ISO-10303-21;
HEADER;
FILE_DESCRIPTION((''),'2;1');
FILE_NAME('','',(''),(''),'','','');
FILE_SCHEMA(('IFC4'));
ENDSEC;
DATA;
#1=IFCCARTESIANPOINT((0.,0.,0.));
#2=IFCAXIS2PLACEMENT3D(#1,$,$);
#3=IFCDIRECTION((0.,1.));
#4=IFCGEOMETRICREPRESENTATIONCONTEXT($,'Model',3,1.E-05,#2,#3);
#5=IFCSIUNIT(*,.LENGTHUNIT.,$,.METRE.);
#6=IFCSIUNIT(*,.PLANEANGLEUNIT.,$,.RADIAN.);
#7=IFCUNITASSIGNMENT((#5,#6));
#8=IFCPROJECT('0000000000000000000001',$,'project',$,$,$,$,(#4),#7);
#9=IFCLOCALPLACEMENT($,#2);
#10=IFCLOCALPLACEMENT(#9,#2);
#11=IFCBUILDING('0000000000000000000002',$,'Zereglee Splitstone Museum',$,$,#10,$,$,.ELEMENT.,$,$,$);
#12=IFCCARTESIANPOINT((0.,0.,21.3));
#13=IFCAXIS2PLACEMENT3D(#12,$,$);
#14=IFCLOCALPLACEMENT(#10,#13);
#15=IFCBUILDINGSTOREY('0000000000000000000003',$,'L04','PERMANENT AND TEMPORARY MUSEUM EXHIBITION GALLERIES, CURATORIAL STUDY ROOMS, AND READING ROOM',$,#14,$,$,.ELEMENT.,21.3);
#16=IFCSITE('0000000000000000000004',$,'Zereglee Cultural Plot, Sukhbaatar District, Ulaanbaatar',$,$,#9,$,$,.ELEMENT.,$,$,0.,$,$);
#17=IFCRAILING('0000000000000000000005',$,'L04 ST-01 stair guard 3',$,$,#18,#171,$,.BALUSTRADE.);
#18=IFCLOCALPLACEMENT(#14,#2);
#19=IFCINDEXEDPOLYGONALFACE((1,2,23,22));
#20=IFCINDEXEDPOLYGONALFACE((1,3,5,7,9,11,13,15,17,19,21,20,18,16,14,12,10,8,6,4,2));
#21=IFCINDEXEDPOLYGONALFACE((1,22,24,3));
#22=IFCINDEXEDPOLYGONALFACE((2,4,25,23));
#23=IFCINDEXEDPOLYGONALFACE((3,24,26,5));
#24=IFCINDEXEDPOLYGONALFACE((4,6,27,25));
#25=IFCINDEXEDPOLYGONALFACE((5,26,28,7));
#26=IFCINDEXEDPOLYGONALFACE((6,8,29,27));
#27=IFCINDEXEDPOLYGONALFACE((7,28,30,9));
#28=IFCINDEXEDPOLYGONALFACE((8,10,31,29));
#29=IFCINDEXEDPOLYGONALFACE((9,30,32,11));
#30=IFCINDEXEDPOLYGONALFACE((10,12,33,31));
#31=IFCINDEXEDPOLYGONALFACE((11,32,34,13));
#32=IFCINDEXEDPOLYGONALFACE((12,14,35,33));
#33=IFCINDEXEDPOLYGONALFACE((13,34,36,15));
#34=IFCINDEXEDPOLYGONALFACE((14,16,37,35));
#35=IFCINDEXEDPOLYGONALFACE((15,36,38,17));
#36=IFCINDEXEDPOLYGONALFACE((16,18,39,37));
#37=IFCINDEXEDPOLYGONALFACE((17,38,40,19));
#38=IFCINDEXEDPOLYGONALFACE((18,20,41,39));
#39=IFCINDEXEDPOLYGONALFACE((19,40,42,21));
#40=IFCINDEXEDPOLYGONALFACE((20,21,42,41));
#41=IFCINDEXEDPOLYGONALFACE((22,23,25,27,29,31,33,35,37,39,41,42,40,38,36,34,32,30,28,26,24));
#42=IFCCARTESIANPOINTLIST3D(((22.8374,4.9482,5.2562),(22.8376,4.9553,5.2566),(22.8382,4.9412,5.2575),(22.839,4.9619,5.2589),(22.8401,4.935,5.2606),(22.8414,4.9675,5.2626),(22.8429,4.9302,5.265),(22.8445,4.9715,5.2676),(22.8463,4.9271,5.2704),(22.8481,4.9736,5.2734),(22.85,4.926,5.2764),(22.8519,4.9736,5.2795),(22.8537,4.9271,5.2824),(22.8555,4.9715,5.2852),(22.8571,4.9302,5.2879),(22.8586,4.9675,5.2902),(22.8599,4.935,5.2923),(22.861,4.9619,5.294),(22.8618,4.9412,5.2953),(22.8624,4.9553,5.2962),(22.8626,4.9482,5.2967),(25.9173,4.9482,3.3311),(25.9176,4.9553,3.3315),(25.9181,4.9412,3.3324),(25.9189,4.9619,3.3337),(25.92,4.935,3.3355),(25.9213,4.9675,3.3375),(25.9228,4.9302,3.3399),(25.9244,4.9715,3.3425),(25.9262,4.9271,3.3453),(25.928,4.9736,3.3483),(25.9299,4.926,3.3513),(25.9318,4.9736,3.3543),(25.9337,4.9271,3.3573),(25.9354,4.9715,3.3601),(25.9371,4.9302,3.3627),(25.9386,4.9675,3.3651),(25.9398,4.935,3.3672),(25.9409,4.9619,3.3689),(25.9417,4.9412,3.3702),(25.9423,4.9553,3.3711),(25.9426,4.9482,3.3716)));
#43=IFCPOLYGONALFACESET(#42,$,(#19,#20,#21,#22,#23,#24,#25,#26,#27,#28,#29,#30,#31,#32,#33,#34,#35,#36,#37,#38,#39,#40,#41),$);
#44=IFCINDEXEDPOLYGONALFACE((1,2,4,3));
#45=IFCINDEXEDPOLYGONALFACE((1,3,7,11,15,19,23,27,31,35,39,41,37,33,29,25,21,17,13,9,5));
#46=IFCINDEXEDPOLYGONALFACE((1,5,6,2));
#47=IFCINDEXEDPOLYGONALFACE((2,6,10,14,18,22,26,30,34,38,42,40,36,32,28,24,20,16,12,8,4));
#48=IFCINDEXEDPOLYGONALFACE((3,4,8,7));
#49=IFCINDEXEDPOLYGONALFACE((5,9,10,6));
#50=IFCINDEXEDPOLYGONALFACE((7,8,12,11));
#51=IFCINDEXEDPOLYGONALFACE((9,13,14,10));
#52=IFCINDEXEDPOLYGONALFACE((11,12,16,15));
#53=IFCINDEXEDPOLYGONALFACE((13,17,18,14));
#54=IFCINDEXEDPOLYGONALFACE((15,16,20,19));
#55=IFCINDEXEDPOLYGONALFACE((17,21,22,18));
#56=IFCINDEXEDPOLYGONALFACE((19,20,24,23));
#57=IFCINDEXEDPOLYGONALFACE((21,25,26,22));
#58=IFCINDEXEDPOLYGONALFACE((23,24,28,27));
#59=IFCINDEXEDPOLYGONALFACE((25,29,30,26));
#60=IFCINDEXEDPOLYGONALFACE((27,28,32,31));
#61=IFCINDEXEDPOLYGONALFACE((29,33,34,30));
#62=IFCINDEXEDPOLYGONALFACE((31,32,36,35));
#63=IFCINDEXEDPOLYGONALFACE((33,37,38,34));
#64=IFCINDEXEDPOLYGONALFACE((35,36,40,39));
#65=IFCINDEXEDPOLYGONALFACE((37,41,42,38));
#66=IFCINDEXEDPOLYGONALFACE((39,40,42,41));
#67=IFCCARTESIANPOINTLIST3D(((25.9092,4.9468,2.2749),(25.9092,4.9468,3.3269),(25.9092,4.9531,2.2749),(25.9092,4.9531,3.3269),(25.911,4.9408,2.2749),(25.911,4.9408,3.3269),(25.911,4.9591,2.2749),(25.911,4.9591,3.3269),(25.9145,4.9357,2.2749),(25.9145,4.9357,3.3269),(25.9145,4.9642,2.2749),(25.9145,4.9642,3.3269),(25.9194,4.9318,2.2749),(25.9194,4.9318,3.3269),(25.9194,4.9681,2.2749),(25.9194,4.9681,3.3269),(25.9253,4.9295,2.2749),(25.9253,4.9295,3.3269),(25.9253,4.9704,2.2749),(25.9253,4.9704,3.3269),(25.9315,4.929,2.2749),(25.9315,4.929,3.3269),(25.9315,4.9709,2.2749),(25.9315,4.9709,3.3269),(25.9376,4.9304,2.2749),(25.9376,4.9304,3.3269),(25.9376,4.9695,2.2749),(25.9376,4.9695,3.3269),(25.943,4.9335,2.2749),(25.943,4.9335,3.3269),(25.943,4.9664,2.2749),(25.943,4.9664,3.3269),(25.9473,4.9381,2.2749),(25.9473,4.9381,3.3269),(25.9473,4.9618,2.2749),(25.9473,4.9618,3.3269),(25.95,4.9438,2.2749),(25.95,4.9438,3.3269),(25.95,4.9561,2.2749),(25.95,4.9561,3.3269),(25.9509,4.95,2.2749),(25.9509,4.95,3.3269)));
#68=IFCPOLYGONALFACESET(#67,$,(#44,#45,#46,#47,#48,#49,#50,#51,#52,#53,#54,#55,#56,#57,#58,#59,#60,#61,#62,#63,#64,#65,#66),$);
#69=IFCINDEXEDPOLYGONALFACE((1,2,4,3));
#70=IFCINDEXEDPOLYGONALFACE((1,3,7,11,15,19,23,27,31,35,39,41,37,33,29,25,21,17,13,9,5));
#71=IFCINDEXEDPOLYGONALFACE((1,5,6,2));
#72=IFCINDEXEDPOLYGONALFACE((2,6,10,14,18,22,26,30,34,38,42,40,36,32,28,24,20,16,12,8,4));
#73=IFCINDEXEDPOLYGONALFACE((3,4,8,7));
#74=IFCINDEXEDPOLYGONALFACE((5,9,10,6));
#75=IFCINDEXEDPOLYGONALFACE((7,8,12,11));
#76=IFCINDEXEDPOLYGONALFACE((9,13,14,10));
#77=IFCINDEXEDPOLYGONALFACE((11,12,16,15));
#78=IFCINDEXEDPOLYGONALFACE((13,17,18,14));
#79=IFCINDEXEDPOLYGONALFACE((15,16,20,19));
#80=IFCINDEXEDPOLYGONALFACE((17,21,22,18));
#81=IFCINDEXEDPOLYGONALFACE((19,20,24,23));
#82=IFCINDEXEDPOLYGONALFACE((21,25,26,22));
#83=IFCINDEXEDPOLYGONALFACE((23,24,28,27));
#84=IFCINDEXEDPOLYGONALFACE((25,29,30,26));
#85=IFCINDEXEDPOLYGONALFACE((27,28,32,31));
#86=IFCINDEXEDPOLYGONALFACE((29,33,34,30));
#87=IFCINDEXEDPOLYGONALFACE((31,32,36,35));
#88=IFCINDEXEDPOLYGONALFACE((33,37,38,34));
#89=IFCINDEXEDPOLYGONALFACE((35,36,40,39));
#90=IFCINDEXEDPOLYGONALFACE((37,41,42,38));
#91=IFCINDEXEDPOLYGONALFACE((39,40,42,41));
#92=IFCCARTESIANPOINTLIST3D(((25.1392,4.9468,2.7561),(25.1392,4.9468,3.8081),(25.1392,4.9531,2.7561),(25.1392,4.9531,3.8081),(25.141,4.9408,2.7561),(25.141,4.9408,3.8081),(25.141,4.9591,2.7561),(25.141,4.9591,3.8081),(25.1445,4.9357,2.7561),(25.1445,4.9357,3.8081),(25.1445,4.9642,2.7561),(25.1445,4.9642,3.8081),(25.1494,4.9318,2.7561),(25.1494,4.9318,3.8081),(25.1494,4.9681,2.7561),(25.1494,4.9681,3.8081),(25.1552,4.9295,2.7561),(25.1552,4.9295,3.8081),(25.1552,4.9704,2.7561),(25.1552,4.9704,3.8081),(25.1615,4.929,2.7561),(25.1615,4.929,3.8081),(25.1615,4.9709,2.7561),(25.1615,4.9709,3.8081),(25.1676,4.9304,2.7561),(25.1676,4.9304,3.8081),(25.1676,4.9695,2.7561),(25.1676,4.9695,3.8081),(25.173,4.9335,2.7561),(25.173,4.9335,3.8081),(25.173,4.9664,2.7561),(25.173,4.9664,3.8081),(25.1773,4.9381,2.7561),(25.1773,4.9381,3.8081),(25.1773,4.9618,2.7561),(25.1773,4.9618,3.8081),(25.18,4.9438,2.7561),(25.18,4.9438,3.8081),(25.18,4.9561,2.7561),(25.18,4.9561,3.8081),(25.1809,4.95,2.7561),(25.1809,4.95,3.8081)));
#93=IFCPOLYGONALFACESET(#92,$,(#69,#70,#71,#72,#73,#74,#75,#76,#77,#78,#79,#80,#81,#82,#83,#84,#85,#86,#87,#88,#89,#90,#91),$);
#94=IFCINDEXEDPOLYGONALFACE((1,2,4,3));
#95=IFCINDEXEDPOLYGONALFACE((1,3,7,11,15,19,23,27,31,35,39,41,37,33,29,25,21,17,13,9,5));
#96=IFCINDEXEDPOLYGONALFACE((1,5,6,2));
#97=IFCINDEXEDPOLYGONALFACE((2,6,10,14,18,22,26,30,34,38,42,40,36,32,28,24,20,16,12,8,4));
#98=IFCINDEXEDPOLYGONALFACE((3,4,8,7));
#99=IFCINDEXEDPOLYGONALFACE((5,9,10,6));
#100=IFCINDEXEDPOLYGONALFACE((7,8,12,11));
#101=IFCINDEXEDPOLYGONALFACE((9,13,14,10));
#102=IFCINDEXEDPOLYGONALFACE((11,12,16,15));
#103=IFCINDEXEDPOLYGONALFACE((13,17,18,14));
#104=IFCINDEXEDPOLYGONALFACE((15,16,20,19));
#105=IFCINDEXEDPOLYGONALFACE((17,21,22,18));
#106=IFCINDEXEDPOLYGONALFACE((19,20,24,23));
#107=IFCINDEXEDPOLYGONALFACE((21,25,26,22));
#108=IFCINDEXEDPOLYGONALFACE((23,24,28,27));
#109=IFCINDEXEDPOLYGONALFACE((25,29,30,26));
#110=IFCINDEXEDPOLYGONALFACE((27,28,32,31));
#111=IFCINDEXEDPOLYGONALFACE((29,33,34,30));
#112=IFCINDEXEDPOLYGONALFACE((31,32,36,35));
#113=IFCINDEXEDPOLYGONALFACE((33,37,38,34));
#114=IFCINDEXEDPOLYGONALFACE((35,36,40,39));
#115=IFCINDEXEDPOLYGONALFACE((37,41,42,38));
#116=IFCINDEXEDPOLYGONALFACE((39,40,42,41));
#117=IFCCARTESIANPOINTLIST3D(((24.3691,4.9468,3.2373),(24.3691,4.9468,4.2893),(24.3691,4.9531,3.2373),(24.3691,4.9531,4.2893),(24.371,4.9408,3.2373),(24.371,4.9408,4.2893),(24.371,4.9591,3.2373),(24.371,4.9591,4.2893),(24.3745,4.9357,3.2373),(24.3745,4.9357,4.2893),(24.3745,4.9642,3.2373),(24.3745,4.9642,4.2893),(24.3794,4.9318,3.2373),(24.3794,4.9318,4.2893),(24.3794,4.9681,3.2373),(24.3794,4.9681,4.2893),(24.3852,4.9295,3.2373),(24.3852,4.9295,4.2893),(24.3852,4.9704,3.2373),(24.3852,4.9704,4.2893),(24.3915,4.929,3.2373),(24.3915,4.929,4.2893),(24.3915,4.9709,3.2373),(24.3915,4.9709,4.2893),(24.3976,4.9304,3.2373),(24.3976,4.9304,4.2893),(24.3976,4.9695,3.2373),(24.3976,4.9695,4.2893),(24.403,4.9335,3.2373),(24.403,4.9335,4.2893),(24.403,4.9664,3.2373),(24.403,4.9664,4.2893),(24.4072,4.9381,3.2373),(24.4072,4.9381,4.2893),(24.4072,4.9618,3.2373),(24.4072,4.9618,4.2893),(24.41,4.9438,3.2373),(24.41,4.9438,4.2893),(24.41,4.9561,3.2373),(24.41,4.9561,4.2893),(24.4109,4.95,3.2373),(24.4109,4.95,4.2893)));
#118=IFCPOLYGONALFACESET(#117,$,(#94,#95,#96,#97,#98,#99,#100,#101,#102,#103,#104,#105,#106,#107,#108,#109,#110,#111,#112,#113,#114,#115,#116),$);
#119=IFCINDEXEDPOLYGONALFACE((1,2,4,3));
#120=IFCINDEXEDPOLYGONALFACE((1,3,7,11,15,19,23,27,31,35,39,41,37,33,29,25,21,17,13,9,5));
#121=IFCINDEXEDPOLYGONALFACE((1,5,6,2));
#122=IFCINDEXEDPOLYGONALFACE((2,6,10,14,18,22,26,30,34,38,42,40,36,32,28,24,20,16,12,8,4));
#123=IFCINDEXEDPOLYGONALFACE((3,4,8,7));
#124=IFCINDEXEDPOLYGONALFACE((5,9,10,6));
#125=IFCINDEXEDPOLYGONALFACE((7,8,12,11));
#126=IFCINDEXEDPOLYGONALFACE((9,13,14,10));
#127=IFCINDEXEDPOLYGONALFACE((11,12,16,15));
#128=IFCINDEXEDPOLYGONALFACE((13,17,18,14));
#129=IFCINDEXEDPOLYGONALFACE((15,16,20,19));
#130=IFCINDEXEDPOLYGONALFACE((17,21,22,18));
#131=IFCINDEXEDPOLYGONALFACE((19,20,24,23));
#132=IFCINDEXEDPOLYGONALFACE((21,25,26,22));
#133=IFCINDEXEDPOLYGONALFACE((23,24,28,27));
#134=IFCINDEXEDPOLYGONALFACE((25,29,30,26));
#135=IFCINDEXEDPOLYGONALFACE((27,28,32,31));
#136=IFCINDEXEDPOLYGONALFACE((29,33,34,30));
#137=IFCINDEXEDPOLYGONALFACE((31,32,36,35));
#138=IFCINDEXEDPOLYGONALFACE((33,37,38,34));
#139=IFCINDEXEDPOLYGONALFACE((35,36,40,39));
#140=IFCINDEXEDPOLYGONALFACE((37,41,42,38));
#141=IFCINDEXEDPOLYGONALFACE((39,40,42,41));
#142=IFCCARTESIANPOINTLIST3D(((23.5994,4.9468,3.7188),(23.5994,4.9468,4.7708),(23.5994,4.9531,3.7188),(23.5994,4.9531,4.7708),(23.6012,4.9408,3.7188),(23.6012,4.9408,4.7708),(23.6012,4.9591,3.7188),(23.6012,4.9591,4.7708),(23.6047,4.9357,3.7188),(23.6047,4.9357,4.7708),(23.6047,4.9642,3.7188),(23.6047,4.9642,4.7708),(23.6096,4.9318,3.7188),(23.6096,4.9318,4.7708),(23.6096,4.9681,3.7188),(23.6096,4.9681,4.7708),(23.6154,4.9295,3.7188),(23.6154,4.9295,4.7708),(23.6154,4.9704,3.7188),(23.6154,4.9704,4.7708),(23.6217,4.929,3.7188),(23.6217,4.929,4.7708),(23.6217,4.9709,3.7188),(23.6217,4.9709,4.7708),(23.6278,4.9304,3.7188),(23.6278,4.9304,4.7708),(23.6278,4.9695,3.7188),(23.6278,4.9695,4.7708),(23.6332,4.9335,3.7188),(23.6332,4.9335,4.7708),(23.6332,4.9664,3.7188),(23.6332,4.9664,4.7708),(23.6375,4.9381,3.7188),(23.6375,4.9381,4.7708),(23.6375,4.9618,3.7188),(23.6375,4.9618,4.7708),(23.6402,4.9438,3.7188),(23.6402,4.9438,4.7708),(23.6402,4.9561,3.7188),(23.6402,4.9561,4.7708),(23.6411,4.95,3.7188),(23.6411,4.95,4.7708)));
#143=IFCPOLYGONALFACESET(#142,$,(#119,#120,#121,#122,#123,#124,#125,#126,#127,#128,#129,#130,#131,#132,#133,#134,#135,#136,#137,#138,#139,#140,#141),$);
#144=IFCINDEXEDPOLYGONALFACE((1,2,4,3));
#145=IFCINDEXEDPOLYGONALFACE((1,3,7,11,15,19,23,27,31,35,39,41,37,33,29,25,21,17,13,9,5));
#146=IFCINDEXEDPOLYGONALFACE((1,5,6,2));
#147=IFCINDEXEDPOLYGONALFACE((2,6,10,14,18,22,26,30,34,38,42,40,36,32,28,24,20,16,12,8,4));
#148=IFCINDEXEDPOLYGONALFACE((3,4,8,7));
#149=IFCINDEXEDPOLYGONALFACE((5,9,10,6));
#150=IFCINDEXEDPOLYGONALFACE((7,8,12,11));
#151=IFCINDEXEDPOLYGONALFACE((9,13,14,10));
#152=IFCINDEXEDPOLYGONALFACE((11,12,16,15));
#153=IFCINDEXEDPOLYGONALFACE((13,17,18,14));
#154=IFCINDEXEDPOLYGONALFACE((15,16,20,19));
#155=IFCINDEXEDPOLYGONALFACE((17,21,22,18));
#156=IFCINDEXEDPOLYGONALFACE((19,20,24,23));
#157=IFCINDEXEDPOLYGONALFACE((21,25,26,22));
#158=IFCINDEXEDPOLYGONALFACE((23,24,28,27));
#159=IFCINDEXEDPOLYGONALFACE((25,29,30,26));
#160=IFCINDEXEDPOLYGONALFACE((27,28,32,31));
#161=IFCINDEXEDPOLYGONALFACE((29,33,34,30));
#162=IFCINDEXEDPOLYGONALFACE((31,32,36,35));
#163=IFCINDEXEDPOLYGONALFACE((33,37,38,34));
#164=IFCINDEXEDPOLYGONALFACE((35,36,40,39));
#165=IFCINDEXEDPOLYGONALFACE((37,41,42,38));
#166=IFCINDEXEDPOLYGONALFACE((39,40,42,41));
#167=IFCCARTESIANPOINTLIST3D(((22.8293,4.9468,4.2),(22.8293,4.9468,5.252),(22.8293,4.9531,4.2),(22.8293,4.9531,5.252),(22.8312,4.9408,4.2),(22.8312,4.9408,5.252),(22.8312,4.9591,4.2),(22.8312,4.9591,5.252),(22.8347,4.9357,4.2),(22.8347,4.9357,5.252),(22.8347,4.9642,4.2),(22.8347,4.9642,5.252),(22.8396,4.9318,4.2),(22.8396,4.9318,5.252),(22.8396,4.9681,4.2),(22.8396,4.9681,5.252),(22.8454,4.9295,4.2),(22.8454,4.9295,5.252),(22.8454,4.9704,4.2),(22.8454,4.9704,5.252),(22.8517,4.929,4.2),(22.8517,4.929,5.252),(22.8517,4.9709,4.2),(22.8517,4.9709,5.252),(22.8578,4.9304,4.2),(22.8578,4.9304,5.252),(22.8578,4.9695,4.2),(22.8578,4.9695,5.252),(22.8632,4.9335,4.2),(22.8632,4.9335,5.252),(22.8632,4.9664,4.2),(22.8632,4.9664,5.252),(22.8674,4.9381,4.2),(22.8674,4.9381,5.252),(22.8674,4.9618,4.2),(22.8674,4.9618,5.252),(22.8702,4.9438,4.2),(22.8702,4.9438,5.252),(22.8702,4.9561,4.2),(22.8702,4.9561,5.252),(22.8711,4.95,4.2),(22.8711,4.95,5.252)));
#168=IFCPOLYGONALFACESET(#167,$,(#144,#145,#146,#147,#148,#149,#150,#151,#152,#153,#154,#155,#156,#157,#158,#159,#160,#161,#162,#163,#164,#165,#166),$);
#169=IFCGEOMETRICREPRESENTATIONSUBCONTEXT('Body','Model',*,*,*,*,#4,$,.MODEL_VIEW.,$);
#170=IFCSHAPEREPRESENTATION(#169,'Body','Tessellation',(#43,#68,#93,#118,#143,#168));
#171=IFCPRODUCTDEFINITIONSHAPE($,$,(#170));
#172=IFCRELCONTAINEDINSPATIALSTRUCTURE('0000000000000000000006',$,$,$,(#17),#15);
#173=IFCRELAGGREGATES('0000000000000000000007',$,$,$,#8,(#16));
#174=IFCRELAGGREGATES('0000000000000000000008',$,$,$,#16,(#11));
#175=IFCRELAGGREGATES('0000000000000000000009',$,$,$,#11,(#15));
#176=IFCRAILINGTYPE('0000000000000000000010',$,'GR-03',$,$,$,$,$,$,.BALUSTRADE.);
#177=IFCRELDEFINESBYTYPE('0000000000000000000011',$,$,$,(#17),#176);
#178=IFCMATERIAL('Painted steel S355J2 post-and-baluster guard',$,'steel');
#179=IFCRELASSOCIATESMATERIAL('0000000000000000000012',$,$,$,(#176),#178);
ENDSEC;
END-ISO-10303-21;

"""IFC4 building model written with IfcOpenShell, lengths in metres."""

from ifc_helpers import new_model, si_unit, direction, frame, origin, origin_2d, place, context, subcontext, project, spatial, circle, extrude, material, type_object, element, save


model = new_model("IFC4")

# Units and contexts
model_context = context("Model", 3, precision=1e-05, world=origin(), true_north=direction((0.0, 1.0)))
body_context = subcontext(model_context, "Body", "Model", "MODEL_VIEW")
ifc_project = project(units=[si_unit("LENGTHUNIT", "METRE"), si_unit("PLANEANGLEUNIT", "RADIAN")], contexts=[model_context])

# Site, building, storey
site_placement = place(None, origin())
site = spatial("IfcSite", under=ifc_project, at=site_placement, Name="Zereglee Cultural Plot, Sukhbaatar District, Ulaanbaatar", CompositionType="ELEMENT", RefElevation=0.0)
building_placement = place(site_placement, origin())
building = spatial("IfcBuilding", under=site, at=building_placement, Name="Zereglee Splitstone Museum", CompositionType="ELEMENT")
storey_placement = place(building_placement, frame((0.0, 0.0, 21.3)))
storey = spatial("IfcBuildingStorey", under=building, at=storey_placement, Name="L04", Description="PERMANENT AND TEMPORARY MUSEUM EXHIBITION GALLERIES, CURATORIAL STUDY ROOMS, AND READING ROOM", CompositionType="ELEMENT", Elevation=21.3)

# Railing
ifc_material_1 = material(Name="Painted steel S355J2 post-and-baluster guard", Category="steel")
railing_type_1 = type_object("IfcRailingType", Name="GR-03", PredefinedType="BALUSTRADE", material=ifc_material_1)
railing_1_placement = place(storey_placement, frame((25.9299, 4.95, 2.2749)))
element("IfcRailing", 1, at=railing_1_placement, inside=storey, type_object=railing_type_1, Name="L04 ST-01 stair guard 3", PredefinedType="BALUSTRADE", context=body_context, shape_type="SweptSolid", body=[
    extrude(circle(Radius=0.0239, at=origin_2d()), frame((0.0, 0.0, 1.0764), z_axis=(-0.847979, 0.0, 0.530029), x_axis=(0.0, -1.0, 0.0)), (0.0, 0.0, 1.0), 3.6321),
    extrude(circle(Radius=0.021, at=origin_2d()), origin(), (0.0, 0.0, 1.0), 1.052),
    extrude(circle(Radius=0.021, at=origin_2d()), frame((-0.77, 0.0, 0.4812)), (0.0, 0.0, 1.0), 1.052),
    extrude(circle(Radius=0.021, at=origin_2d()), frame((-1.54, 0.0, 0.9624)), (0.0, 0.0, 1.0), 1.052),
    extrude(circle(Radius=0.021, at=origin_2d()), frame((-2.3098, 0.0, 1.4438)), (0.0, 0.0, 1.0), 1.052),
    extrude(circle(Radius=0.021, at=origin_2d()), frame((-3.0798, 0.0, 1.925)), (0.0, 0.0, 1.0), 1.052),
])

save(model, "model.ifc")
